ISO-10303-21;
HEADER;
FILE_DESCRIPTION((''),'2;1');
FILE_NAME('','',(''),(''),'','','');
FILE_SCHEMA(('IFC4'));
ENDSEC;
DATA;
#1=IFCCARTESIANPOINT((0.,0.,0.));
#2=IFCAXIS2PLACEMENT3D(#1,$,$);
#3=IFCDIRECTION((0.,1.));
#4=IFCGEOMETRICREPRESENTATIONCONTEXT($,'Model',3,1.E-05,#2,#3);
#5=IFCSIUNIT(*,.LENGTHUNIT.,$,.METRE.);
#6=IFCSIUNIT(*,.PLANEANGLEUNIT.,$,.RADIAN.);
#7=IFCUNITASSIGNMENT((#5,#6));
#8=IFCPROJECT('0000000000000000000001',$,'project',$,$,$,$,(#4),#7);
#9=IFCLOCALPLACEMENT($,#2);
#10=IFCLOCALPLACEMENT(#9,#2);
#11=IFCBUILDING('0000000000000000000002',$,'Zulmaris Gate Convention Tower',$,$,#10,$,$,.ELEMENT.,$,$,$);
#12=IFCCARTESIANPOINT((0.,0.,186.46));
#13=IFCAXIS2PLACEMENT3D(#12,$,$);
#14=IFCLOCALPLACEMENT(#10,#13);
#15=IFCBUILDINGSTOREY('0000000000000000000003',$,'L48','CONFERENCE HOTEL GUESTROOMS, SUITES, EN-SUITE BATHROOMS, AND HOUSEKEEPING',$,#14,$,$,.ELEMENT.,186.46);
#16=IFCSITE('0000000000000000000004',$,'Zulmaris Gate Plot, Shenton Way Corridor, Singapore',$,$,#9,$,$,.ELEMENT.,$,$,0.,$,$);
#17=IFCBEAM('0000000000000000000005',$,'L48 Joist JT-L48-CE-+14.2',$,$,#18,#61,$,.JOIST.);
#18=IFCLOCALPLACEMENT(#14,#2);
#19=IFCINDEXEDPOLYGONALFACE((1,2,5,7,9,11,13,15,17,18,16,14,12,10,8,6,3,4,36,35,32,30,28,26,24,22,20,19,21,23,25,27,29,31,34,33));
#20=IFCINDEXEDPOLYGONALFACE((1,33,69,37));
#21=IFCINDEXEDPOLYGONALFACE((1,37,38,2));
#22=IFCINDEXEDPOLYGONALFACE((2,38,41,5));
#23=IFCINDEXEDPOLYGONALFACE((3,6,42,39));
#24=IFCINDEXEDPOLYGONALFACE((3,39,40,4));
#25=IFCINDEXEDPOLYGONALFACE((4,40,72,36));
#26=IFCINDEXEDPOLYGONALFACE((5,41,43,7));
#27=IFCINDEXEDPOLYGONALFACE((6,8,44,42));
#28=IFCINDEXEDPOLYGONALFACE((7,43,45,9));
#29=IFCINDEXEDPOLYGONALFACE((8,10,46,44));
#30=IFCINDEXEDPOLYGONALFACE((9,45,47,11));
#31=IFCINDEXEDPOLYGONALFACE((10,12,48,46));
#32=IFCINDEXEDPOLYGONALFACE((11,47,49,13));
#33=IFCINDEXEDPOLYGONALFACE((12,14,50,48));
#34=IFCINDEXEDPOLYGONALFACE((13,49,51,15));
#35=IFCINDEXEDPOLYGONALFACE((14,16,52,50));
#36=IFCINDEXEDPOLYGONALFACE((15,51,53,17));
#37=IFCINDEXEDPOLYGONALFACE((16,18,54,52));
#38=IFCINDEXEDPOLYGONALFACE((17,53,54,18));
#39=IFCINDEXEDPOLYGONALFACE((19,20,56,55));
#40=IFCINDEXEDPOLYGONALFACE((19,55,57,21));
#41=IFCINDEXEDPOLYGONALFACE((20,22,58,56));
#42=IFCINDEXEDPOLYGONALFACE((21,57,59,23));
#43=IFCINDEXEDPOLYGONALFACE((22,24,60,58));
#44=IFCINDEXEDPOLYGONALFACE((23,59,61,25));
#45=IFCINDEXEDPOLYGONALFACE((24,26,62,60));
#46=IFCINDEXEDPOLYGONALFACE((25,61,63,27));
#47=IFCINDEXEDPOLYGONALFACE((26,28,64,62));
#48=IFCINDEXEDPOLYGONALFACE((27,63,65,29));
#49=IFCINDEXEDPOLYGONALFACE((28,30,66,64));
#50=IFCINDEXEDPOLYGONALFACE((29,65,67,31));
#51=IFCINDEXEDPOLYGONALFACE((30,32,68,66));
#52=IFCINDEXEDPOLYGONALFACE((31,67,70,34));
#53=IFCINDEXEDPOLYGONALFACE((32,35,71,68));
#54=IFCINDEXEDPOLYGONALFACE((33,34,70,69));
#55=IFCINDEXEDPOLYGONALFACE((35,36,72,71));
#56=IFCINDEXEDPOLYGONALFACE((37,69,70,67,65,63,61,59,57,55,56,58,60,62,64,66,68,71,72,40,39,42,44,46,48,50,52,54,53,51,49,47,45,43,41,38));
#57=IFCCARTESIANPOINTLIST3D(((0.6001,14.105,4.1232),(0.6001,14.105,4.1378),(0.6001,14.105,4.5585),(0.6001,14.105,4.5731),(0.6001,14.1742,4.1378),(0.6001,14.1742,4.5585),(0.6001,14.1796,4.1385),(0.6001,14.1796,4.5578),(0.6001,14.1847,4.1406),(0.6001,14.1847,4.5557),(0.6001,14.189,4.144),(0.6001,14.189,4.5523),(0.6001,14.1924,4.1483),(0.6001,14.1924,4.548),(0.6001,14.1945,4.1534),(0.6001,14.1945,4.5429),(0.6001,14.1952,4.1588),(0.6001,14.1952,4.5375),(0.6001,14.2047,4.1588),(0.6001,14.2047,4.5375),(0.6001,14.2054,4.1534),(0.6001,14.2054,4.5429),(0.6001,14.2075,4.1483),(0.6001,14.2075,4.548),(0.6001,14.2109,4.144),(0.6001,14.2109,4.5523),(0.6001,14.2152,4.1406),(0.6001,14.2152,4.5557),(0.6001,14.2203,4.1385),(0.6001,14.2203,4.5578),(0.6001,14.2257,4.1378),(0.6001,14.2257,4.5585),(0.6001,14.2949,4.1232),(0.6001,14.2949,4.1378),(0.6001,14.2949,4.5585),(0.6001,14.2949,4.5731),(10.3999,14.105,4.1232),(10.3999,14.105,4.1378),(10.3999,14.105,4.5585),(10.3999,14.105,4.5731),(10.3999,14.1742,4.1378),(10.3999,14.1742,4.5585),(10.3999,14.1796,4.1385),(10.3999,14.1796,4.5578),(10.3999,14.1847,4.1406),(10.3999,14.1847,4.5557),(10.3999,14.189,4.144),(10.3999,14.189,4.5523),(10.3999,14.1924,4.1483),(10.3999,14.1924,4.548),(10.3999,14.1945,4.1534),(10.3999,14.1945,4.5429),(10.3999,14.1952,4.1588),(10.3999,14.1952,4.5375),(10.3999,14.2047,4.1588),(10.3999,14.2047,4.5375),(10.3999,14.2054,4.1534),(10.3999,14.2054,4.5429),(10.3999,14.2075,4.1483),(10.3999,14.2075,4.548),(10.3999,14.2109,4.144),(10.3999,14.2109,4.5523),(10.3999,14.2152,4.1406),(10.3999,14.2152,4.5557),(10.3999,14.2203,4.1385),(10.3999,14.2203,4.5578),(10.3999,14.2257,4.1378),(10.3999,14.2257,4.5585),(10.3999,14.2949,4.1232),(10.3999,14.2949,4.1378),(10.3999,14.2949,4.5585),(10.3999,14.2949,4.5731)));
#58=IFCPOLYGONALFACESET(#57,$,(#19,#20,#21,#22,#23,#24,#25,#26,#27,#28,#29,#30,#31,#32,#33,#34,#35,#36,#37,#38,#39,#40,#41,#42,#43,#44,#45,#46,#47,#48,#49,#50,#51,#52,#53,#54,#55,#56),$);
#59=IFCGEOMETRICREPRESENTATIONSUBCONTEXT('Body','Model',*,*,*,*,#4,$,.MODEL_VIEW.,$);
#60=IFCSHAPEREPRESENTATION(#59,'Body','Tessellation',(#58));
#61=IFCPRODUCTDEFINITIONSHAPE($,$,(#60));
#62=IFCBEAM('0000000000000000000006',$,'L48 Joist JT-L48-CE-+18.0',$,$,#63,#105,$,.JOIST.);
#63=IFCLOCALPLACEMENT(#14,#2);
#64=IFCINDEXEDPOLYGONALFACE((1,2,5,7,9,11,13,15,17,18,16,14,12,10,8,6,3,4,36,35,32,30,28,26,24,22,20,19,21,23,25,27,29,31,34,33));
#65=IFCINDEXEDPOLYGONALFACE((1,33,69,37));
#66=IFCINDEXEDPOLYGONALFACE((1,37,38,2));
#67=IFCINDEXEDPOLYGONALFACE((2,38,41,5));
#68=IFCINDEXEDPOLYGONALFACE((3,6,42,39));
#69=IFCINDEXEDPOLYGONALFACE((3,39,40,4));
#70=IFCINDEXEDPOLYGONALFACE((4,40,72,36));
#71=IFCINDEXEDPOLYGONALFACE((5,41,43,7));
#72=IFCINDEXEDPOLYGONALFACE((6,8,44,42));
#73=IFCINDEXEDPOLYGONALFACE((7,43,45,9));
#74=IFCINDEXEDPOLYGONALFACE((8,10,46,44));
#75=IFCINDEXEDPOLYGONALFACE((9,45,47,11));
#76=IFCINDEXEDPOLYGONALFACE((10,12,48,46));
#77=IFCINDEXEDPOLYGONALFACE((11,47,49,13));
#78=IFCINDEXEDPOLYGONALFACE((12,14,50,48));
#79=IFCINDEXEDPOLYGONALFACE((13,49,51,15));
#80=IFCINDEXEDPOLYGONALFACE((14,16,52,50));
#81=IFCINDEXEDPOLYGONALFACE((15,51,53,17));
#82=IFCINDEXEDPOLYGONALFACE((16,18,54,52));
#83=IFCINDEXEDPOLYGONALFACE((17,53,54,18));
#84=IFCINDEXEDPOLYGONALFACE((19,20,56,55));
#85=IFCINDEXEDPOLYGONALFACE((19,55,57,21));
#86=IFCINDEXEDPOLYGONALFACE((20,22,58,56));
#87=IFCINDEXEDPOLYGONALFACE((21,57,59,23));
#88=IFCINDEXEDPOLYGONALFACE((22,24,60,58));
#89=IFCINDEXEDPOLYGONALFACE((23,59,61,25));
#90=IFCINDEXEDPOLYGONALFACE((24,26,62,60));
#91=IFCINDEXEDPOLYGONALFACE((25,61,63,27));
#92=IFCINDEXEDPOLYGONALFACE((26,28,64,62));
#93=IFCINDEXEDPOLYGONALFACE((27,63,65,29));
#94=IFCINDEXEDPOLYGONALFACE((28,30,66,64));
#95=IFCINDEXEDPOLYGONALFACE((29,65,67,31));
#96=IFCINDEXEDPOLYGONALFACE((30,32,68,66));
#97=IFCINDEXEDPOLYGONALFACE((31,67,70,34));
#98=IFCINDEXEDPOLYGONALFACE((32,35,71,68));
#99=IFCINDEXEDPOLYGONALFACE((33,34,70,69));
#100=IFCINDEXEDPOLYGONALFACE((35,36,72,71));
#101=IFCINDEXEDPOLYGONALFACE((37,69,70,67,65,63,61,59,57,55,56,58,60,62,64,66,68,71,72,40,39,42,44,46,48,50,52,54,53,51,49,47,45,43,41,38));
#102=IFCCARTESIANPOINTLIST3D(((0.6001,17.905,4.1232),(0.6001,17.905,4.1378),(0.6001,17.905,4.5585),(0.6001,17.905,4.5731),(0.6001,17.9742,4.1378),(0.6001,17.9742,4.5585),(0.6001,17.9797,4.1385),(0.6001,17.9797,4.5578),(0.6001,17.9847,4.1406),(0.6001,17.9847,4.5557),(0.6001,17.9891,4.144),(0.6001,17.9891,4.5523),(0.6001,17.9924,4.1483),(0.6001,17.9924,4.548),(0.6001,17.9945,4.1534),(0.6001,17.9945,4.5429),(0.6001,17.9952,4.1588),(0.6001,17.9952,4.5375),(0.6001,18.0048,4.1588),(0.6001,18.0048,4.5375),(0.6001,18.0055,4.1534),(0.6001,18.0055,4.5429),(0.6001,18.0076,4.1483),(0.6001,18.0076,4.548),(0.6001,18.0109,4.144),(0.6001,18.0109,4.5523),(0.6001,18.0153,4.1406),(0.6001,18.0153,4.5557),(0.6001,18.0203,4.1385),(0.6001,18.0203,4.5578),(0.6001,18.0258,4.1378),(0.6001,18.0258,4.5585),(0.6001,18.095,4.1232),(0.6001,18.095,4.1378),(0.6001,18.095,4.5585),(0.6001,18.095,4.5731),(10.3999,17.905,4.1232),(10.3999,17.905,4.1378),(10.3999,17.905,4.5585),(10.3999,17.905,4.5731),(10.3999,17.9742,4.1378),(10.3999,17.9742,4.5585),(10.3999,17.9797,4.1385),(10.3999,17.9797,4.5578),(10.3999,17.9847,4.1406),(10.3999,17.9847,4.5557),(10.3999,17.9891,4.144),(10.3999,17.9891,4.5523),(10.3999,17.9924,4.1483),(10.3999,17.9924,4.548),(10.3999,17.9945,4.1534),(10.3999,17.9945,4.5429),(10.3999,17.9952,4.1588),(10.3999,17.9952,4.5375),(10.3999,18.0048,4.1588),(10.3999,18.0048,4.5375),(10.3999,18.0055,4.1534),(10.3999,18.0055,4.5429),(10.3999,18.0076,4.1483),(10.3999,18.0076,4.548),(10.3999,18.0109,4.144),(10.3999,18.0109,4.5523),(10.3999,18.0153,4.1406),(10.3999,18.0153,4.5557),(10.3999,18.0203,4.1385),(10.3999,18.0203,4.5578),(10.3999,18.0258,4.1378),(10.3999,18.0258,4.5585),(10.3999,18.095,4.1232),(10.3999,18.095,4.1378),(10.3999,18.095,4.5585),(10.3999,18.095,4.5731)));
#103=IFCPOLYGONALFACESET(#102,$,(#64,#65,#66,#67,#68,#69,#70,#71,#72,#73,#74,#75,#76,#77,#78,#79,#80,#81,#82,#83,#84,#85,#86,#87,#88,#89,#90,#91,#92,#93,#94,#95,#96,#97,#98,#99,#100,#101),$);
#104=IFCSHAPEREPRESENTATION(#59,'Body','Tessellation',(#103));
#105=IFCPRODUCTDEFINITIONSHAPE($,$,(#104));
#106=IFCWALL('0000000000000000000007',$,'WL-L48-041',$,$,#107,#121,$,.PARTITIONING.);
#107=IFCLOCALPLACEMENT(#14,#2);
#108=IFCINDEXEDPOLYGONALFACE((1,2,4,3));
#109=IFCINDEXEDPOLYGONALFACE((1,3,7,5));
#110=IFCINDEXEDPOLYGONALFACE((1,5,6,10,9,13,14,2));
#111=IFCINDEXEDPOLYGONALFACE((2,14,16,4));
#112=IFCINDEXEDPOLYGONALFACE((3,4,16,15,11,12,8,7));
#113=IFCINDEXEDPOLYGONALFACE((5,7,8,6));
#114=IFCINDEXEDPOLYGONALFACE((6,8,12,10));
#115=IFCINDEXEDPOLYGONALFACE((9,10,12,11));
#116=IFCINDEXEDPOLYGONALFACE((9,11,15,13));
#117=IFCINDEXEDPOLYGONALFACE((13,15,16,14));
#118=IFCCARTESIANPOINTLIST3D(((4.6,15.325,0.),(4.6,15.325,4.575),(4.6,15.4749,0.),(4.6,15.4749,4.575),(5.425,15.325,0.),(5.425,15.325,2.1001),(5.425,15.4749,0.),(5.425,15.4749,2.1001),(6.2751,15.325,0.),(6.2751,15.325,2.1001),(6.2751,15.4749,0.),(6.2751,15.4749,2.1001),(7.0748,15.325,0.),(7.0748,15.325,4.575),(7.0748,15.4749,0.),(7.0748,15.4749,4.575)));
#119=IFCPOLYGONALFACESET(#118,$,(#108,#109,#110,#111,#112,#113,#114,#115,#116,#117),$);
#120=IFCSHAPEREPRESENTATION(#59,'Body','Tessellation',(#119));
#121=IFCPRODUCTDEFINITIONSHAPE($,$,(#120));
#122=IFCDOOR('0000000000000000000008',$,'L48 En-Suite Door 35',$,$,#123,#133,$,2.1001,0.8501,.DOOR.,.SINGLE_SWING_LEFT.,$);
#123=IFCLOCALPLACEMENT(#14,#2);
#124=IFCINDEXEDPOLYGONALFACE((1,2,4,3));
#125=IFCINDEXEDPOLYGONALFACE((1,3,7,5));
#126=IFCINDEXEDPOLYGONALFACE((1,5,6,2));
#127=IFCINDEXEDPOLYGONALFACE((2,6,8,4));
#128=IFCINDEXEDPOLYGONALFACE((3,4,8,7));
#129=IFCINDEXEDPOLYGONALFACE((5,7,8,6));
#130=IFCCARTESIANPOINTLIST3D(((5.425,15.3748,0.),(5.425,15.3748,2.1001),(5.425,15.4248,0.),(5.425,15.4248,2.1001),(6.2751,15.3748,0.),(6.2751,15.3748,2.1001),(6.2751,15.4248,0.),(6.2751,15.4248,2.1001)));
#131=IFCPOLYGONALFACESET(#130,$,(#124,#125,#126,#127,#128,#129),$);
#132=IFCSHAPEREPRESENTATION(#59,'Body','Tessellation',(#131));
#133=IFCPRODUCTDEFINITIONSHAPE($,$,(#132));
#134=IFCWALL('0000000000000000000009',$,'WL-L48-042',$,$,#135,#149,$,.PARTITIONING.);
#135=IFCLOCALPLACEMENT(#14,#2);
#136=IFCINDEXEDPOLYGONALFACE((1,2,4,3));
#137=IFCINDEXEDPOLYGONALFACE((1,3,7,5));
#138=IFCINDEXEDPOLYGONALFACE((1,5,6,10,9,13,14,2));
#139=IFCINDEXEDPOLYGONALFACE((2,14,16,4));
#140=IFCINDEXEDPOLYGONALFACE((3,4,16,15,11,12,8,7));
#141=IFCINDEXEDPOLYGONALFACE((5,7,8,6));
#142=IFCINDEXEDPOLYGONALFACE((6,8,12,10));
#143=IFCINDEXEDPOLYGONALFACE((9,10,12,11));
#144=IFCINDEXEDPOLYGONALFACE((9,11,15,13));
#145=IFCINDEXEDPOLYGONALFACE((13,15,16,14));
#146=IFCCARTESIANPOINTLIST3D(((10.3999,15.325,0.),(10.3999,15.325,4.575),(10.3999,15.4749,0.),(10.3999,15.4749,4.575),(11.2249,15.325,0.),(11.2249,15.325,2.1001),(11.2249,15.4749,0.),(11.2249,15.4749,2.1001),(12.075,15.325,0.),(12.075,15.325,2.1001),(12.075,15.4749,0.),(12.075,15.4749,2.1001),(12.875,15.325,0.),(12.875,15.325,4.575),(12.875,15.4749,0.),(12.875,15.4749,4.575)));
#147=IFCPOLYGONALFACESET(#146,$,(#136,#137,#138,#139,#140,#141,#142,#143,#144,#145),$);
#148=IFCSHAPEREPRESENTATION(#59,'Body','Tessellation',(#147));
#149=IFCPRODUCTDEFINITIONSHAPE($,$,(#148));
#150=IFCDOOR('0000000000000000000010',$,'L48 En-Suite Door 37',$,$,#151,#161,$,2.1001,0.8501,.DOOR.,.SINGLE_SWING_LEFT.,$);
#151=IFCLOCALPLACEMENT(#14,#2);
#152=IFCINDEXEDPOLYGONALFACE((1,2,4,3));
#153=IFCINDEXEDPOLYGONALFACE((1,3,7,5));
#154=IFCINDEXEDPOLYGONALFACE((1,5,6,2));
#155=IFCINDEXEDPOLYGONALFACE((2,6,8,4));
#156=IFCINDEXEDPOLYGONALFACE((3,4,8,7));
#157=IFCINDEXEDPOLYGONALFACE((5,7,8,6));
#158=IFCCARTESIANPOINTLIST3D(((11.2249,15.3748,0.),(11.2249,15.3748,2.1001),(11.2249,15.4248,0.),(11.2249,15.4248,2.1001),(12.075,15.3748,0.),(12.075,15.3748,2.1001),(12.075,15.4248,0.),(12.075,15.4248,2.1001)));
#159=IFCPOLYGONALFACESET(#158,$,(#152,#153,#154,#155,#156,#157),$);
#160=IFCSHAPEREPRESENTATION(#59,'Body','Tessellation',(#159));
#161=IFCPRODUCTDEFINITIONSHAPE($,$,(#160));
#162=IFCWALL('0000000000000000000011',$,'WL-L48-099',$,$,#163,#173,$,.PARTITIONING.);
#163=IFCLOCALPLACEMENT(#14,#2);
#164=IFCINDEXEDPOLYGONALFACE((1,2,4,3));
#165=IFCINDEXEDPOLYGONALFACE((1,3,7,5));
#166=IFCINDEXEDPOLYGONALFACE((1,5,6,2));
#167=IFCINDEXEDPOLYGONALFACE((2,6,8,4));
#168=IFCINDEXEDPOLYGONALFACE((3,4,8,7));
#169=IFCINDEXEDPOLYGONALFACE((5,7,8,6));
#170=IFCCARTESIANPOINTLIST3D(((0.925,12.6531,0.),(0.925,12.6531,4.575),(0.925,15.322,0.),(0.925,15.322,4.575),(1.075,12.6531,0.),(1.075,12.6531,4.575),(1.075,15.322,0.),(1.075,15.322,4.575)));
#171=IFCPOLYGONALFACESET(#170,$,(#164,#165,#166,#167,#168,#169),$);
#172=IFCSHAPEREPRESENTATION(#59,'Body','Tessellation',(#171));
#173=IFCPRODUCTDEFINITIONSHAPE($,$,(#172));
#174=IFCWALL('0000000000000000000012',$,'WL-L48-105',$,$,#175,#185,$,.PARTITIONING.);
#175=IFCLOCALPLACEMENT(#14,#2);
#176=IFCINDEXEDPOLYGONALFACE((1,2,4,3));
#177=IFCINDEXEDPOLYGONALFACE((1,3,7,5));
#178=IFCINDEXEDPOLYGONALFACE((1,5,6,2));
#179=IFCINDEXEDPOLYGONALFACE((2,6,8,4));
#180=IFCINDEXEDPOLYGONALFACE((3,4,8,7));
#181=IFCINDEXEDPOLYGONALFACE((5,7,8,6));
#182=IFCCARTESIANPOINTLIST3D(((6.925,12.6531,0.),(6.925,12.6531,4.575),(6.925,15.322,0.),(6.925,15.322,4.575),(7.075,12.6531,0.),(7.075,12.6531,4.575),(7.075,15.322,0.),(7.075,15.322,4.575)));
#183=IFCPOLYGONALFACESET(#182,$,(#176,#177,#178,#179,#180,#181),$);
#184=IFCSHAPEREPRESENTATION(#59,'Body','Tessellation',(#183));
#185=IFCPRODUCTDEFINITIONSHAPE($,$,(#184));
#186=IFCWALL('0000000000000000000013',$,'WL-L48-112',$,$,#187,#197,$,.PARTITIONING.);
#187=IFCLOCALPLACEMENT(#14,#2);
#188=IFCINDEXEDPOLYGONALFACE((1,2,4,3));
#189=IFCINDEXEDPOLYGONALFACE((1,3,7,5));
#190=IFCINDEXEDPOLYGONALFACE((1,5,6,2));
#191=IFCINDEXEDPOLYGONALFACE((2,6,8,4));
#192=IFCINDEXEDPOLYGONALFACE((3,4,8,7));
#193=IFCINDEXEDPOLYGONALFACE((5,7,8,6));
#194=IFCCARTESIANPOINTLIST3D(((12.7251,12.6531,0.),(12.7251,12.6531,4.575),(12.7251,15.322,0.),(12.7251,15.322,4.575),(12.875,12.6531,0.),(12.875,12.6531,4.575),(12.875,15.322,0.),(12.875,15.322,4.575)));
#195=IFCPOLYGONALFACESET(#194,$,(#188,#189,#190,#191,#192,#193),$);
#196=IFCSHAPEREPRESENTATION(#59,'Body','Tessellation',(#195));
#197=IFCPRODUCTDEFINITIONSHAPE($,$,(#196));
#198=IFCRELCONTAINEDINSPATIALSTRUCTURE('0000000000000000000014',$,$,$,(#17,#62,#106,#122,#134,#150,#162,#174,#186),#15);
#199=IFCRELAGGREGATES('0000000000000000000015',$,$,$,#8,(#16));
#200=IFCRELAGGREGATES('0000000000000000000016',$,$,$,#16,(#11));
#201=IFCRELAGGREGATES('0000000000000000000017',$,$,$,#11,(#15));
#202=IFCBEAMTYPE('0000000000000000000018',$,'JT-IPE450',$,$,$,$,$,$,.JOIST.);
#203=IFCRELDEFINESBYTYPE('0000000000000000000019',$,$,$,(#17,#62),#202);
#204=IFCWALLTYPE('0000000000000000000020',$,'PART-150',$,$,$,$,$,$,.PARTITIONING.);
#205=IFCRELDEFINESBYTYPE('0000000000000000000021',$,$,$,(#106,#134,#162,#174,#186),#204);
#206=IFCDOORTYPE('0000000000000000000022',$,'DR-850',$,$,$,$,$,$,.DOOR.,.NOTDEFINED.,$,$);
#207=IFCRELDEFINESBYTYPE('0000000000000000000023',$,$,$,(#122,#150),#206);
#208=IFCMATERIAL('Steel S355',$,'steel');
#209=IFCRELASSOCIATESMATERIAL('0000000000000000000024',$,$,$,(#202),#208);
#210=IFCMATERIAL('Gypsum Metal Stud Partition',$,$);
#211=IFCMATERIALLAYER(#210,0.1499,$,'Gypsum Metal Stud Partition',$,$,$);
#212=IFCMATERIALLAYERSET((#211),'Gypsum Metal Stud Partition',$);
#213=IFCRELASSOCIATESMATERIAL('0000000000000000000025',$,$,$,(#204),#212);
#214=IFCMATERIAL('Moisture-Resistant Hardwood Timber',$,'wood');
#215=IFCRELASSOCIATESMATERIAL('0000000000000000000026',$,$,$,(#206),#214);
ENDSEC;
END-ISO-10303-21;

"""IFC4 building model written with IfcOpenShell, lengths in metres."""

from ifc_helpers import new_model, si_unit, direction, frame, frame_2d, origin, origin_2d, place, context, subcontext, project, spatial, rectangle, i_section, extrude, material, layer, layer_set, material_profile, profile_set, type_object, element, fill, save


model = new_model("IFC4")

# Units and contexts
model_context = context("Model", 3, precision=1e-05, world=origin(), true_north=direction((0.0, 1.0)))
body_context = subcontext(model_context, "Body", "Model", "MODEL_VIEW")
ifc_project = project(units=[si_unit("LENGTHUNIT", "METRE"), si_unit("PLANEANGLEUNIT", "RADIAN")], contexts=[model_context])

# Site, building, storey
site_placement = place(None, origin())
site = spatial("IfcSite", under=ifc_project, at=site_placement, Name="Zulmaris Gate Plot, Shenton Way Corridor, Singapore", CompositionType="ELEMENT", RefElevation=0.0)
building_placement = place(site_placement, origin())
building = spatial("IfcBuilding", under=site, at=building_placement, Name="Zulmaris Gate Convention Tower", CompositionType="ELEMENT")
storey_placement = place(building_placement, frame((0.0, 0.0, 186.46)))
storey = spatial("IfcBuildingStorey", under=building, at=storey_placement, Name="L48", Description="CONFERENCE HOTEL GUESTROOMS, SUITES, EN-SUITE BATHROOMS, AND HOUSEKEEPING", CompositionType="ELEMENT", Elevation=186.46)

# Beams
ifc_material_1 = material(Name="Steel S355", Category="steel")
ifc_material_profile_1 = material_profile(ifc_material_1, i_section(OverallWidth=0.1899, OverallDepth=0.45, WebThickness=0.0095, FlangeThickness=0.0146, FilletRadius=0.021, at=origin_2d()), Name="IPE 450")
ifc_profile_set_1 = profile_set([ifc_material_profile_1], Name="Steel S355")
beam_type_1 = type_object("IfcBeamType", Name="JT-IPE450", PredefinedType="JOIST", material=ifc_profile_set_1)
for number, where, z_axis, x_axis, name in (
    (1, (0.6001, 14.2, 4.3481), (1.0, 0.0, 0.0), (0.0, 1.0, 0.0), "L48 Joist JT-L48-CE-+14.2"),
    (2, (0.6001, 18.0, 4.3481), (1.0, 0.0, 0.0), (0.0, 1.0, 0.0), "L48 Joist JT-L48-CE-+18.0"),
):
    element("IfcBeam", number, at=place(storey_placement, frame(where, z_axis=z_axis, x_axis=x_axis)), inside=storey, type_object=beam_type_1, Name=name, PredefinedType="JOIST", context=body_context, shape_type="SweptSolid", body=[
        extrude(i_section(OverallWidth=0.1899, OverallDepth=0.45, WebThickness=0.0095, FlangeThickness=0.0146, FilletRadius=0.021, at=origin_2d()), origin(), (0.0, 0.0, 1.0), 9.7998),
    ])

# Walls, openings, doors
ifc_material_2 = material(Name="Gypsum Metal Stud Partition")
ifc_layer_1 = layer(ifc_material_2, 0.1499, Name="Gypsum Metal Stud Partition")
ifc_layer_set_1 = layer_set([ifc_layer_1], Name="Gypsum Metal Stud Partition")
wall_type_1 = type_object("IfcWallType", Name="PART-150", PredefinedType="PARTITIONING", material=ifc_layer_set_1)
wall_1_placement = place(storey_placement, frame((4.6001, 15.3999, 0.0), z_axis=(0.0, 0.0, 1.0), x_axis=(1.0, 0.0, 0.0)))
wall_1 = element("IfcWall", 3, at=wall_1_placement, inside=storey, type_object=wall_type_1, Name="WL-L48-041", PredefinedType="PARTITIONING", context=body_context, shape_type="SweptSolid", body=[
    extrude(rectangle(XDim=2.4749, YDim=0.1499, at=frame_2d((1.2373, 0.0))), origin(), (0.0, 0.0, 1.0), 4.575),
])
opening_1_placement = place(wall_1_placement, frame((0.825, 0.0, 0.0)))
opening_1 = element("IfcOpeningElement", 4, at=opening_1_placement, cuts=wall_1, PredefinedType="OPENING", context=body_context, shape_type="SweptSolid", body=[
    extrude(rectangle(XDim=0.8501, YDim=2.1001, at=frame_2d((0.425, 1.05))), frame((0.0, 0.085, 0.0), z_axis=(0.0, -1.0, 0.0), x_axis=(1.0, 0.0, 0.0)), (0.0, 0.0, 1.0), 0.1699),
])
ifc_material_3 = material(Name="Moisture-Resistant Hardwood Timber", Category="wood")
door_type_1 = type_object("IfcDoorType", Name="DR-850", OperationType="NOTDEFINED", PredefinedType="DOOR", material=ifc_material_3)
door_1_placement = place(opening_1_placement, origin())
door_1 = element("IfcDoor", 5, at=door_1_placement, inside=storey, type_object=door_type_1, Name="L48 En-Suite Door 35", OperationType="SINGLE_SWING_LEFT", OverallHeight=2.1001, OverallWidth=0.8501, PredefinedType="DOOR", context=body_context, shape_type="SweptSolid", body=[
    extrude(rectangle(XDim=0.8501, YDim=2.1001, at=frame_2d((0.425, 1.05))), frame((0.0, 0.0249, 0.0), z_axis=(0.0, -1.0, 0.0), x_axis=(1.0, 0.0, 0.0)), (0.0, 0.0, 1.0), 0.05),
])
fill(opening_1, door_1)
wall_2_placement = place(storey_placement, frame((10.3999, 15.3999, 0.0), z_axis=(0.0, 0.0, 1.0), x_axis=(1.0, 0.0, 0.0)))
wall_2 = element("IfcWall", 6, at=wall_2_placement, inside=storey, type_object=wall_type_1, Name="WL-L48-042", PredefinedType="PARTITIONING", context=body_context, shape_type="SweptSolid", body=[
    extrude(rectangle(XDim=2.4751, YDim=0.1499, at=frame_2d((1.2375, 0.0))), origin(), (0.0, 0.0, 1.0), 4.575),
])
opening_2_placement = place(wall_2_placement, frame((0.825, 0.0, 0.0)))
opening_2 = element("IfcOpeningElement", 7, at=opening_2_placement, cuts=wall_2, PredefinedType="OPENING", context=body_context, shape_type="SweptSolid", body=[
    extrude(rectangle(XDim=0.8501, YDim=2.1001, at=frame_2d((0.425, 1.05))), frame((0.0, 0.085, 0.0), z_axis=(0.0, -1.0, 0.0), x_axis=(1.0, 0.0, 0.0)), (0.0, 0.0, 1.0), 0.1699),
])
door_2_placement = place(opening_2_placement, origin())
door_2 = element("IfcDoor", 8, at=door_2_placement, inside=storey, type_object=door_type_1, Name="L48 En-Suite Door 37", OperationType="SINGLE_SWING_LEFT", OverallHeight=2.1001, OverallWidth=0.8501, PredefinedType="DOOR", context=body_context, shape_type="SweptSolid", body=[
    extrude(rectangle(XDim=0.8501, YDim=2.1001, at=frame_2d((0.425, 1.05))), frame((0.0, 0.0249, 0.0), z_axis=(0.0, -1.0, 0.0), x_axis=(1.0, 0.0, 0.0)), (0.0, 0.0, 1.0), 0.05),
])
fill(opening_2, door_2)

# Walls
for number, where, z_axis, x_axis, name in (
    (9, (1.0, 12.6531, 0.0), (0.0, 0.0, 1.0), (0.0, 1.0, 0.0), "WL-L48-099"),
    (10, (7.0, 12.6531, 0.0), (0.0, 0.0, 1.0), (0.0, 1.0, 0.0), "WL-L48-105"),
    (11, (12.8, 12.6531, 0.0), (0.0, 0.0, 1.0), (0.0, 1.0, 0.0), "WL-L48-112"),
):
    element("IfcWall", number, at=place(storey_placement, frame(where, z_axis=z_axis, x_axis=x_axis)), inside=storey, type_object=wall_type_1, Name=name, PredefinedType="PARTITIONING", context=body_context, shape_type="SweptSolid", body=[
        extrude(rectangle(XDim=2.6689, YDim=0.1499, at=frame_2d((1.3345, 0.0))), origin(), (0.0, 0.0, 1.0), 4.575),
    ])

save(model, "model.ifc")
